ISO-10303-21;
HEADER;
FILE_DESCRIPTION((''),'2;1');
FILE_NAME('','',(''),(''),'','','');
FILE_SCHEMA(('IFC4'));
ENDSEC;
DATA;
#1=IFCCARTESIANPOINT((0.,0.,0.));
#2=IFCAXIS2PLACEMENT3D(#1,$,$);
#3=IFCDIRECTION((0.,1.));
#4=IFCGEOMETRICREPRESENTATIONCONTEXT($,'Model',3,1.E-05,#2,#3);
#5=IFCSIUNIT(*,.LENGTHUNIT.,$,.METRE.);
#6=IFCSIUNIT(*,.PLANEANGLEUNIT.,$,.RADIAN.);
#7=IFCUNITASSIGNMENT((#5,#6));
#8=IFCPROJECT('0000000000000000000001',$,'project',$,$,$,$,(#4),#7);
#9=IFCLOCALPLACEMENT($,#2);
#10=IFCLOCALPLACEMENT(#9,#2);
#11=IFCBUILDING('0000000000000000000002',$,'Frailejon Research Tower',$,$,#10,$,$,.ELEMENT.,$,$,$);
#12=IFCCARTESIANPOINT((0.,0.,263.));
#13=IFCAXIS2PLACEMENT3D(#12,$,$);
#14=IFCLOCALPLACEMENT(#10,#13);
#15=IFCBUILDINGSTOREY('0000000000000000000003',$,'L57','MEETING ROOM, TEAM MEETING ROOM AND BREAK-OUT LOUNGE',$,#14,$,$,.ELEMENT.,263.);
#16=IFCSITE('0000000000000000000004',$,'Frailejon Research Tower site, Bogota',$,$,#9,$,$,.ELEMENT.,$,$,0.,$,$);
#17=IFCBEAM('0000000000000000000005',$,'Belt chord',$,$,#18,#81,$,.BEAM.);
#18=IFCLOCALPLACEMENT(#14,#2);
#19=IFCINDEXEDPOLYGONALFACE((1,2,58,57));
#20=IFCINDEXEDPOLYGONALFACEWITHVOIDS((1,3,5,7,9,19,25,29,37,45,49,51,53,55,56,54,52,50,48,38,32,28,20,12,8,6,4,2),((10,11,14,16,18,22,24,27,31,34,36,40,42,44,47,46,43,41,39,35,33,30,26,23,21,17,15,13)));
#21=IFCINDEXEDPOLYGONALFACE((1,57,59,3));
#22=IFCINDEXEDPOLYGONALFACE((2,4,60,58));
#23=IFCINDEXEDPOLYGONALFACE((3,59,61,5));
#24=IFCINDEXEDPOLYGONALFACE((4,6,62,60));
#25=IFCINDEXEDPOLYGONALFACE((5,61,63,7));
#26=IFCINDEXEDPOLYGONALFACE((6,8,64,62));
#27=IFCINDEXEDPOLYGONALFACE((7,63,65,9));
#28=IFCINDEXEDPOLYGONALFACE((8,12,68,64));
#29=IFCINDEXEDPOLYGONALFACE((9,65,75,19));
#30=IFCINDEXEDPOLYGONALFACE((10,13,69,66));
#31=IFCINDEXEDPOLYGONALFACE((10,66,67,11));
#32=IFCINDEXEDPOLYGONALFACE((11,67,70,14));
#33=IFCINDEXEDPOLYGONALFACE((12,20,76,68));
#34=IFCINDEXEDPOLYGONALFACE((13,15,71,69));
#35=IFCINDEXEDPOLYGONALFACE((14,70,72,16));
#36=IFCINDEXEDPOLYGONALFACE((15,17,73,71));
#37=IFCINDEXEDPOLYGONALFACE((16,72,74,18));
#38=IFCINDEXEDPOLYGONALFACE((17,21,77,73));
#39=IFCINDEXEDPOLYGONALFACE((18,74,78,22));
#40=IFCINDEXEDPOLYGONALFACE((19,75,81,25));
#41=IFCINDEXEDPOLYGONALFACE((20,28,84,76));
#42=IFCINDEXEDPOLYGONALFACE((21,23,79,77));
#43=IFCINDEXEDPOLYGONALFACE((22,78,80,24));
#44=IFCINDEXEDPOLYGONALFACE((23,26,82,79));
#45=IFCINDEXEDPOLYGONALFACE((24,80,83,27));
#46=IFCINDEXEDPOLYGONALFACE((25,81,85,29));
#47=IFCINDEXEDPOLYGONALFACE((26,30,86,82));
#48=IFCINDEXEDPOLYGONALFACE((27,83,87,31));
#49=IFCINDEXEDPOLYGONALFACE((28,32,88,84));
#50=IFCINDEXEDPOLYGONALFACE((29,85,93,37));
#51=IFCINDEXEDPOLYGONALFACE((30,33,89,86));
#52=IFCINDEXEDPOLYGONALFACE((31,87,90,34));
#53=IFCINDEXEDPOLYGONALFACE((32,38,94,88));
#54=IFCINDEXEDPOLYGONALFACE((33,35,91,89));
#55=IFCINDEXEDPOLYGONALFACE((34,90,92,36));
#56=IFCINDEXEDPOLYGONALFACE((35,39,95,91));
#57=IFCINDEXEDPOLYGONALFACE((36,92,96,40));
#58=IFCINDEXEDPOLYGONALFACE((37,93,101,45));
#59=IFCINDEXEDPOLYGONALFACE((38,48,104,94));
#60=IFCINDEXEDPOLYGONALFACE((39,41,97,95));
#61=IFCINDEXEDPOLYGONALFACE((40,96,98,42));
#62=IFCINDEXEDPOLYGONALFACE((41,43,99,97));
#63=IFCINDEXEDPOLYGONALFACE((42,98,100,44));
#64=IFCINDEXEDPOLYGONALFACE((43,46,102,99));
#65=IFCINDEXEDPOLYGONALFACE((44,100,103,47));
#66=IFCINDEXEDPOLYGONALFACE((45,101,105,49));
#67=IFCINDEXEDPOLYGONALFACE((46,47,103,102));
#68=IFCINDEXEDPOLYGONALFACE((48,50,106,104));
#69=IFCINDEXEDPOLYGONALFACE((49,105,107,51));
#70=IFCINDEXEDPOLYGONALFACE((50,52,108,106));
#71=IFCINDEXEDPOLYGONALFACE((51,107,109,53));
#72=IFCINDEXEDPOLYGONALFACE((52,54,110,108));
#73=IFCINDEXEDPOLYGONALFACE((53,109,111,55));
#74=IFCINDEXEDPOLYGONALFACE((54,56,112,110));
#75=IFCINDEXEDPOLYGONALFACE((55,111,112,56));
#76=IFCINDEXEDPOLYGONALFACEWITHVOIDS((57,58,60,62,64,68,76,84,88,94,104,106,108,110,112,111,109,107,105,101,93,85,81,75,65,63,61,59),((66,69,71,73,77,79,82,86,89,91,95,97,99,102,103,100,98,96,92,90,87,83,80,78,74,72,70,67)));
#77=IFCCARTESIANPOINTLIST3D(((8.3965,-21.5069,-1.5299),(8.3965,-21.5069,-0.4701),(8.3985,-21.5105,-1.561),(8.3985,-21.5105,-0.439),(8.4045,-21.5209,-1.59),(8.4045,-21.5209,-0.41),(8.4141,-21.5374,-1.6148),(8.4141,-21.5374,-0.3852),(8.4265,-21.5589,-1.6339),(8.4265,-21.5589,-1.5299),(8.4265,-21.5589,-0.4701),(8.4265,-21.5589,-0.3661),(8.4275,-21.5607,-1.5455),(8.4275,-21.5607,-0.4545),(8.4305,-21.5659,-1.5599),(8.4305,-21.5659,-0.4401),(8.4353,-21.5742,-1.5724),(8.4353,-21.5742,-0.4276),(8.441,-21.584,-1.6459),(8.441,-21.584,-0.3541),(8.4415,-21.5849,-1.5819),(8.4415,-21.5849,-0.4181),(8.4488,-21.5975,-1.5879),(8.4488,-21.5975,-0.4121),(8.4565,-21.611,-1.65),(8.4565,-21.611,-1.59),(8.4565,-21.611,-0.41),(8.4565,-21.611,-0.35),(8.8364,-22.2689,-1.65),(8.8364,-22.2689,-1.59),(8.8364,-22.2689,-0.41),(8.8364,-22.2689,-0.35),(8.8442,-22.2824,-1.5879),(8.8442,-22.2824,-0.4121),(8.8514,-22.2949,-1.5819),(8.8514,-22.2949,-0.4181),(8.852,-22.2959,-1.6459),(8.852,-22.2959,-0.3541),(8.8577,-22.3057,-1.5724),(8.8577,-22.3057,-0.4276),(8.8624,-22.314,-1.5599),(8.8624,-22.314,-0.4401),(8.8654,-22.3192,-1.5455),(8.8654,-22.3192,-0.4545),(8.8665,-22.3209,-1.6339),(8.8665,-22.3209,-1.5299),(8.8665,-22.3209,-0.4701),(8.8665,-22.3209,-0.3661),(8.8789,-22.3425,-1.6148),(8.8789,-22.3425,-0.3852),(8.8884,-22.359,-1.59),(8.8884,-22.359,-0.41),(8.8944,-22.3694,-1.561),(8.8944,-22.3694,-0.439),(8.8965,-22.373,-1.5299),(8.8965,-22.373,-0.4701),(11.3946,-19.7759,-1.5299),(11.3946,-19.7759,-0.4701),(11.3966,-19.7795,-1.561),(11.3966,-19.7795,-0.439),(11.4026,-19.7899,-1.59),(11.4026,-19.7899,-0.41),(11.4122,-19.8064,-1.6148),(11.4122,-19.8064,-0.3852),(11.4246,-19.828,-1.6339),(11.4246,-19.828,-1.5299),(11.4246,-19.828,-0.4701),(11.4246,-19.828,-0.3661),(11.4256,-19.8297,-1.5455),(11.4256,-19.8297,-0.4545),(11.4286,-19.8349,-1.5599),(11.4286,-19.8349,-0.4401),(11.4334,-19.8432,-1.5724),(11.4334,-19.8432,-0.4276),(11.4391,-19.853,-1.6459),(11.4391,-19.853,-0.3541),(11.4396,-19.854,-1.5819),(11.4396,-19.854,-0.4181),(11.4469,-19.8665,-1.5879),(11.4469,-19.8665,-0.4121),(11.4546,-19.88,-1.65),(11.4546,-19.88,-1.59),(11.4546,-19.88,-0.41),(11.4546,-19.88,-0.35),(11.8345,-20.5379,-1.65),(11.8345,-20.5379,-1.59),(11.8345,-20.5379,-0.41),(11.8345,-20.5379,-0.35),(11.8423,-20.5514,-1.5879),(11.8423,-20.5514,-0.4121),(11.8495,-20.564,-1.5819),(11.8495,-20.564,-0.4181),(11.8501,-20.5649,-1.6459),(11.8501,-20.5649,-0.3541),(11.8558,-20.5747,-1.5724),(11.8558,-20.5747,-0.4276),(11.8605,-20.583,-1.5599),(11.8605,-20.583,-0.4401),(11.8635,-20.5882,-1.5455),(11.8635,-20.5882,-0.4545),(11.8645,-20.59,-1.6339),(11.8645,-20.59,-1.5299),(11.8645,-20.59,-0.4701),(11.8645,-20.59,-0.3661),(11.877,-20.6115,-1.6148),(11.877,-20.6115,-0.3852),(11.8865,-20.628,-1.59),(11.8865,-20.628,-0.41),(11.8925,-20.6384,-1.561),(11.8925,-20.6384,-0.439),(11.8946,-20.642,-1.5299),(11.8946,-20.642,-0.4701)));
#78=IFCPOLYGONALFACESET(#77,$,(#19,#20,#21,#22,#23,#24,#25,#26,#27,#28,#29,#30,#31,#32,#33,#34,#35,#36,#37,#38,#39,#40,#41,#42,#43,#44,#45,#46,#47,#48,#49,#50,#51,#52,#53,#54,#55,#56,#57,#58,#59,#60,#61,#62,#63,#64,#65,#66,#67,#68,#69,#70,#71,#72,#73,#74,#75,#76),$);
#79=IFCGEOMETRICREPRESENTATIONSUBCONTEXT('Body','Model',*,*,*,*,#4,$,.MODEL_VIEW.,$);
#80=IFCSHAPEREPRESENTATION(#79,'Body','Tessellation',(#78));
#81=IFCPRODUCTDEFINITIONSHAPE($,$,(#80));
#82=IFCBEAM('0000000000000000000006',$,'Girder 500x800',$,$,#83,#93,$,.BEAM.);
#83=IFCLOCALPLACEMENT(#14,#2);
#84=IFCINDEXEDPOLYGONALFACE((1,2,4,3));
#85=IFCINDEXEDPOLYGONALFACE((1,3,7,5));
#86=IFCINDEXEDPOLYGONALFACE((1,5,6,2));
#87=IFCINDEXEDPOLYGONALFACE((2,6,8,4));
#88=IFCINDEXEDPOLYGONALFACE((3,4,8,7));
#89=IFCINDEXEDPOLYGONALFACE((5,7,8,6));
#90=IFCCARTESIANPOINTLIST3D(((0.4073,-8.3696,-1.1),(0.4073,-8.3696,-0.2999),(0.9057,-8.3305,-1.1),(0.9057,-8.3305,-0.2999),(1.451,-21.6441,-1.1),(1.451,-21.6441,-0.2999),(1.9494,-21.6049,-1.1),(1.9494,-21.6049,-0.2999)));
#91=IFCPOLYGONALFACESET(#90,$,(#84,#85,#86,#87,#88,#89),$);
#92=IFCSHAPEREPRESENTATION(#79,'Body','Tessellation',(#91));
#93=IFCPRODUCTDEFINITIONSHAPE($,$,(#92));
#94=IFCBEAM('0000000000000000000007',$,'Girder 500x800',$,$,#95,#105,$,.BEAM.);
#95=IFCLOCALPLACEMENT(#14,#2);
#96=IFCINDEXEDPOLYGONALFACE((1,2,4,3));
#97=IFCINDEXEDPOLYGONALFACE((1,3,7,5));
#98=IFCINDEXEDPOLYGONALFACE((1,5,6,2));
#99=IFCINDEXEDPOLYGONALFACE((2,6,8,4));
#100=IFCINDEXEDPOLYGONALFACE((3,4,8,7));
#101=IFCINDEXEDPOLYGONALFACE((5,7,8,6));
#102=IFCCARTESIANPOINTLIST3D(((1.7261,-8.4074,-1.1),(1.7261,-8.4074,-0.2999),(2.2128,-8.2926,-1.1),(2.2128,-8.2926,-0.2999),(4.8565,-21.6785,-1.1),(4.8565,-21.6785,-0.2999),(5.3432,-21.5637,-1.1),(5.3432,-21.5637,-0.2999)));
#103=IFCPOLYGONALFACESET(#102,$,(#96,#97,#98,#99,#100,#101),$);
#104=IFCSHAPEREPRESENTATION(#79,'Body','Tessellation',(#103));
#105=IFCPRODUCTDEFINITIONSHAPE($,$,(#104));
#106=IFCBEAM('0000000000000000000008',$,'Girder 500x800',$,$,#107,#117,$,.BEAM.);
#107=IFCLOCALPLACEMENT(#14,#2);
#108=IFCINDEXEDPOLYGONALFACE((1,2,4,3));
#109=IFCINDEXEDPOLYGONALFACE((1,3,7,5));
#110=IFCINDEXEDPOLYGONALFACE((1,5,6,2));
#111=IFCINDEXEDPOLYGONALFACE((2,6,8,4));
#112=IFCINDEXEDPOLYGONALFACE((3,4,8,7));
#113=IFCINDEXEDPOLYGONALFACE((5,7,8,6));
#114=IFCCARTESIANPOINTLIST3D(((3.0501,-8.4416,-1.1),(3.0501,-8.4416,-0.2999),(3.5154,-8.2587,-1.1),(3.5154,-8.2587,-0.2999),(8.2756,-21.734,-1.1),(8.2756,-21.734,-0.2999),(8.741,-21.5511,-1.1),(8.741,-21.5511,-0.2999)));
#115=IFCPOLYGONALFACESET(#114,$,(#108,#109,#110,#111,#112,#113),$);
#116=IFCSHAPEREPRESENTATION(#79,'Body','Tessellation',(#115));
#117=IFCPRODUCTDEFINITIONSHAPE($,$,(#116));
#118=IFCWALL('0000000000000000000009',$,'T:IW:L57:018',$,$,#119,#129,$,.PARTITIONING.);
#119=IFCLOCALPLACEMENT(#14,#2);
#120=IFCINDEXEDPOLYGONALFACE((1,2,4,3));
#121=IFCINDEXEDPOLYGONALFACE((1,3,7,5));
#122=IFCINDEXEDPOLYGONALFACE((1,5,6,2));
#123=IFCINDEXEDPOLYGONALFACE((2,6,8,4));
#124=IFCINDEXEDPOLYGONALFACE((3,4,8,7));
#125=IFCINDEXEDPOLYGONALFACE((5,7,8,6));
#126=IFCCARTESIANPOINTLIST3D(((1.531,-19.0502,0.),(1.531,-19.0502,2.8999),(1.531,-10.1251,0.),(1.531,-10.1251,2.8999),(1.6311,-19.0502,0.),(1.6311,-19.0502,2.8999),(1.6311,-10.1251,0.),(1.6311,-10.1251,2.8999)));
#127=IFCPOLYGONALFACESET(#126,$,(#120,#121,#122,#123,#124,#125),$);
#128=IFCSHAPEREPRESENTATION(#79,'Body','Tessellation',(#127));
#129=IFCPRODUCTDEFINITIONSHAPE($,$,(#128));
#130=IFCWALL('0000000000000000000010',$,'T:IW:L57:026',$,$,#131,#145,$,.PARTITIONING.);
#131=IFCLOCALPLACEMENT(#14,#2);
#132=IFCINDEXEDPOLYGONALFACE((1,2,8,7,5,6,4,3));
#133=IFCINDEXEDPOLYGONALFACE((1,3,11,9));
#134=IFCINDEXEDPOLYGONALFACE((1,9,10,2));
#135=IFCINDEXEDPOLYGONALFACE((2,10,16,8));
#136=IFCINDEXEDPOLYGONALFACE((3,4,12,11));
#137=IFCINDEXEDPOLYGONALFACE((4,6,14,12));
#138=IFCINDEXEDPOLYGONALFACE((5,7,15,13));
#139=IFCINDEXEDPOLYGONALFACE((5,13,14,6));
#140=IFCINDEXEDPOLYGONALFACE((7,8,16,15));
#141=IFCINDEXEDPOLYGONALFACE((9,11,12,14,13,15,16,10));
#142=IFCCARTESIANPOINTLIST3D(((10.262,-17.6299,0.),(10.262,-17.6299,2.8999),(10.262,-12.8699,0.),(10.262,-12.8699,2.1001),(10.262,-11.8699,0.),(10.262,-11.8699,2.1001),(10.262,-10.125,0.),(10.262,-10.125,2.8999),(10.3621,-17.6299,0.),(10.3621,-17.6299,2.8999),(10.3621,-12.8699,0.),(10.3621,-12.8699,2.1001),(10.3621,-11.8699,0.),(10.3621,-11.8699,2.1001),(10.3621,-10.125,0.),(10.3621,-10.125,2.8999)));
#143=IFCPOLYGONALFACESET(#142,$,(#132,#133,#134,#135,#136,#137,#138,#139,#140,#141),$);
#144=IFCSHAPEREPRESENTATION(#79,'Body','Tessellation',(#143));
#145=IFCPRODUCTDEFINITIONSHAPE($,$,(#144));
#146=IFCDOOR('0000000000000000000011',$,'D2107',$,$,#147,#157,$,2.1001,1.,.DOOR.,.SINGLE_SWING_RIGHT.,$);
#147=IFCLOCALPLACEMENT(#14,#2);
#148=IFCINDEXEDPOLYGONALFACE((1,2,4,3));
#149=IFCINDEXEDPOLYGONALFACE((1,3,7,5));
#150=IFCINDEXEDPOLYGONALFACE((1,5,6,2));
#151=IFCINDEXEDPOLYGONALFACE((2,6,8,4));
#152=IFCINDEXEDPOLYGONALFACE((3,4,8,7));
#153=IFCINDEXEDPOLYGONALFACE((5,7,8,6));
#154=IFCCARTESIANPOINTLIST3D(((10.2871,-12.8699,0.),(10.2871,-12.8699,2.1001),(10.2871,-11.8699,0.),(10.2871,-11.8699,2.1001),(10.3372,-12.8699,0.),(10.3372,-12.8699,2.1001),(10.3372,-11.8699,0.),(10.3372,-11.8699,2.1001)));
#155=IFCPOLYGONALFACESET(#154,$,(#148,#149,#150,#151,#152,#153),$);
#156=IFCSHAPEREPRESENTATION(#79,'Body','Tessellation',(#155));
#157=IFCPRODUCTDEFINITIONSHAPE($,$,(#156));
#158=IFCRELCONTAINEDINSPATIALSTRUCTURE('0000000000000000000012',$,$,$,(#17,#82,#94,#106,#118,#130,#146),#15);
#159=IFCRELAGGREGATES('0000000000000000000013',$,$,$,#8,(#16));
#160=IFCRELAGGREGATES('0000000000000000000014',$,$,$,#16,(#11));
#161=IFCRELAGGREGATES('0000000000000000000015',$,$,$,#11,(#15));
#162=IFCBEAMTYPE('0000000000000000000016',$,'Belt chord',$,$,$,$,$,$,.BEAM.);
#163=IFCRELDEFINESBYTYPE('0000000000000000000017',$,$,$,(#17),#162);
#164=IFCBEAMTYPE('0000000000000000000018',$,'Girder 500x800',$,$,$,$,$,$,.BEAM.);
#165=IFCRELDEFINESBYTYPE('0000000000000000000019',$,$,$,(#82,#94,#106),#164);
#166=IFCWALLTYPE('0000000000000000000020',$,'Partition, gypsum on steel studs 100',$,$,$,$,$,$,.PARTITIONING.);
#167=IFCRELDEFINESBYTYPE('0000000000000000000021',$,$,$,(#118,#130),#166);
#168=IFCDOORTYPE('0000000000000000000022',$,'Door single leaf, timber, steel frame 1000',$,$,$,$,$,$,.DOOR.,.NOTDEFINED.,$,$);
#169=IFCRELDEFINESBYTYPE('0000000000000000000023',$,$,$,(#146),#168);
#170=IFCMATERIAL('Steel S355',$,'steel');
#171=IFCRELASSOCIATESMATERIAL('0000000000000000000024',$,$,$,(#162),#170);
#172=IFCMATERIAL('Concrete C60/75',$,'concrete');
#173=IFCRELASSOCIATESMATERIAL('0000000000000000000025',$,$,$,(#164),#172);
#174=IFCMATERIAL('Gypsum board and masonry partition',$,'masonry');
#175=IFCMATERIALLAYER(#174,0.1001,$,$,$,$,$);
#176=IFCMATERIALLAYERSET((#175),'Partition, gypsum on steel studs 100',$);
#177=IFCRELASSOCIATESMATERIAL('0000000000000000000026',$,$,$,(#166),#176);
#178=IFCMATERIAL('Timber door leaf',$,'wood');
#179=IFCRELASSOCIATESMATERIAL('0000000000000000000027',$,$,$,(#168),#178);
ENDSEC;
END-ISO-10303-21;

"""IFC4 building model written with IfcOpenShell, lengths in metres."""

from ifc_helpers import new_model, si_unit, direction, frame, frame_2d, origin, origin_2d, place, context, subcontext, project, spatial, rectangle, hollow_rectangle, extrude, material, layer, layer_set, material_profile, profile_set, type_object, element, fill, save


model = new_model("IFC4")

# Units and contexts
model_context = context("Model", 3, precision=1e-05, world=origin(), true_north=direction((0.0, 1.0)))
body_context = subcontext(model_context, "Body", "Model", "MODEL_VIEW")
ifc_project = project(units=[si_unit("LENGTHUNIT", "METRE"), si_unit("PLANEANGLEUNIT", "RADIAN")], contexts=[model_context])

# Site, building, storey
site_placement = place(None, origin())
site = spatial("IfcSite", under=ifc_project, at=site_placement, Name="Frailejon Research Tower site, Bogota", CompositionType="ELEMENT", RefElevation=0.0)
building_placement = place(site_placement, origin())
building = spatial("IfcBuilding", under=site, at=building_placement, Name="Frailejon Research Tower", CompositionType="ELEMENT")
storey_placement = place(building_placement, frame((0.0, 0.0, 263.0)))
storey = spatial("IfcBuildingStorey", under=building, at=storey_placement, Name="L57", Description="MEETING ROOM, TEAM MEETING ROOM AND BREAK-OUT LOUNGE", CompositionType="ELEMENT", Elevation=263.0)

# Beams
ifc_material_1 = material(Name="Steel S355", Category="steel")
ifc_material_profile_1 = material_profile(ifc_material_1, hollow_rectangle(XDim=1.0, YDim=1.3, WallThickness=0.0601, InnerFilletRadius=0.0601, OuterFilletRadius=0.1201, at=origin_2d()), Name="Belt chord")
ifc_profile_set_1 = profile_set([ifc_material_profile_1], Name="Steel S355")
beam_type_1 = type_object("IfcBeamType", Name="Belt chord", PredefinedType="BEAM", material=ifc_profile_set_1)
beam_1_placement = place(storey_placement, frame((8.6465, -21.9399, -1.0), z_axis=(0.866021, 0.500007, 0.0), x_axis=(-0.500007, 0.866021, 0.0)))
element("IfcBeam", 1, at=beam_1_placement, inside=storey, type_object=beam_type_1, Name="Belt chord", PredefinedType="BEAM", context=body_context, shape_type="SweptSolid", body=[
    extrude(hollow_rectangle(XDim=1.0, YDim=1.3, WallThickness=0.0601, InnerFilletRadius=0.0601, OuterFilletRadius=0.1201, at=origin_2d()), origin(), (0.0, 0.0, 1.0), 3.4619),
])
ifc_material_2 = material(Name="Concrete C60/75", Category="concrete")
ifc_material_profile_2 = material_profile(ifc_material_2, rectangle(XDim=0.5, YDim=0.8, at=origin_2d()), Name="Girder 500x800")
ifc_profile_set_2 = profile_set([ifc_material_profile_2], Name="Concrete C60/75")
beam_type_2 = type_object("IfcBeamType", Name="Girder 500x800", PredefinedType="BEAM", material=ifc_profile_set_2)
beam_2_placement = place(storey_placement, frame((1.7002, -21.6245, -0.7), z_axis=(-0.078383, 0.996923, 0.0), x_axis=(-0.996923, -0.078383, 0.0)))
element("IfcBeam", 2, at=beam_2_placement, inside=storey, type_object=beam_type_2, Name="Girder 500x800", PredefinedType="BEAM", context=body_context, shape_type="SweptSolid", body=[
    extrude(rectangle(XDim=0.5, YDim=0.8, at=origin_2d()), origin(), (0.0, 0.0, 1.0), 13.3154),
])
beam_3_placement = place(storey_placement, frame((5.0999, -21.6211, -0.7), z_axis=(-0.22958, 0.97329, 0.0), x_axis=(-0.97329, -0.22958, 0.0)))
element("IfcBeam", 3, at=beam_3_placement, inside=storey, type_object=beam_type_2, Name="Girder 500x800", PredefinedType="BEAM", context=body_context, shape_type="SweptSolid", body=[
    extrude(rectangle(XDim=0.5, YDim=0.8, at=origin_2d()), origin(), (0.0, 0.0, 1.0), 13.6353),
])
beam_4_placement = place(storey_placement, frame((8.5083, -21.6426, -0.7), z_axis=(-0.365867, 0.930667, 0.0), x_axis=(-0.930667, -0.365867, 0.0)))
element("IfcBeam", 4, at=beam_4_placement, inside=storey, type_object=beam_type_2, Name="Girder 500x800", PredefinedType="BEAM", context=body_context, shape_type="SweptSolid", body=[
    extrude(rectangle(XDim=0.5, YDim=0.8, at=origin_2d()), origin(), (0.0, 0.0, 1.0), 14.2827),
])

# Wall
ifc_material_3 = material(Name="Gypsum board and masonry partition", Category="masonry")
ifc_layer_1 = layer(ifc_material_3, 0.1001)
ifc_layer_set_1 = layer_set([ifc_layer_1], Name="Partition, gypsum on steel studs 100")
wall_type_1 = type_object("IfcWallType", Name="Partition, gypsum on steel studs 100", PredefinedType="PARTITIONING", material=ifc_layer_set_1)
wall_1_placement = place(storey_placement, frame((1.5811, -19.05, 0.0), z_axis=(0.0, 0.0, 1.0), x_axis=(0.0, 1.0, 0.0)))
element("IfcWall", 5, at=wall_1_placement, inside=storey, type_object=wall_type_1, Name="T:IW:L57:018", PredefinedType="PARTITIONING", context=body_context, shape_type="SweptSolid", body=[
    extrude(rectangle(XDim=8.925, YDim=0.1001, at=frame_2d((4.4624, 0.0))), origin(), (0.0, 0.0, 1.0), 2.8999),
])

# Wall, opening, door
wall_2_placement = place(storey_placement, frame((10.312, -17.6299, 0.0), z_axis=(0.0, 0.0, 1.0), x_axis=(0.0, 1.0, 0.0)))
wall_2 = element("IfcWall", 6, at=wall_2_placement, inside=storey, type_object=wall_type_1, Name="T:IW:L57:026", PredefinedType="PARTITIONING", context=body_context, shape_type="SweptSolid", body=[
    extrude(rectangle(XDim=7.5049, YDim=0.1001, at=frame_2d((3.7524, 0.0))), origin(), (0.0, 0.0, 1.0), 2.8999),
])
opening_1_placement = place(wall_2_placement, frame((4.76, 0.0, 0.0)))
opening_1 = element("IfcOpeningElement", 7, at=opening_1_placement, cuts=wall_2, PredefinedType="OPENING", context=body_context, shape_type="SweptSolid", body=[
    extrude(rectangle(XDim=1.0, YDim=2.1001, at=frame_2d((0.5, 1.05))), frame((0.0, 0.0601, 0.0), z_axis=(0.0, -1.0, 0.0), x_axis=(1.0, 0.0, 0.0)), (0.0, 0.0, 1.0), 0.1201),
])
ifc_material_4 = material(Name="Timber door leaf", Category="wood")
door_type = type_object("IfcDoorType", Name="Door single leaf, timber, steel frame 1000", OperationType="NOTDEFINED", PredefinedType="DOOR", material=ifc_material_4)
door_placement = place(opening_1_placement, origin())
door = element("IfcDoor", 8, at=door_placement, inside=storey, type_object=door_type, Name="D2107", OperationType="SINGLE_SWING_RIGHT", OverallHeight=2.1001, OverallWidth=1.0, PredefinedType="DOOR", context=body_context, shape_type="SweptSolid", body=[
    extrude(rectangle(XDim=1.0, YDim=2.1001, at=frame_2d((0.5, 1.05))), frame((0.0, 0.0249, 0.0), z_axis=(0.0, -1.0, 0.0), x_axis=(1.0, 0.0, 0.0)), (0.0, 0.0, 1.0), 0.05),
])
fill(opening_1, door)

save(model, "model.ifc")
